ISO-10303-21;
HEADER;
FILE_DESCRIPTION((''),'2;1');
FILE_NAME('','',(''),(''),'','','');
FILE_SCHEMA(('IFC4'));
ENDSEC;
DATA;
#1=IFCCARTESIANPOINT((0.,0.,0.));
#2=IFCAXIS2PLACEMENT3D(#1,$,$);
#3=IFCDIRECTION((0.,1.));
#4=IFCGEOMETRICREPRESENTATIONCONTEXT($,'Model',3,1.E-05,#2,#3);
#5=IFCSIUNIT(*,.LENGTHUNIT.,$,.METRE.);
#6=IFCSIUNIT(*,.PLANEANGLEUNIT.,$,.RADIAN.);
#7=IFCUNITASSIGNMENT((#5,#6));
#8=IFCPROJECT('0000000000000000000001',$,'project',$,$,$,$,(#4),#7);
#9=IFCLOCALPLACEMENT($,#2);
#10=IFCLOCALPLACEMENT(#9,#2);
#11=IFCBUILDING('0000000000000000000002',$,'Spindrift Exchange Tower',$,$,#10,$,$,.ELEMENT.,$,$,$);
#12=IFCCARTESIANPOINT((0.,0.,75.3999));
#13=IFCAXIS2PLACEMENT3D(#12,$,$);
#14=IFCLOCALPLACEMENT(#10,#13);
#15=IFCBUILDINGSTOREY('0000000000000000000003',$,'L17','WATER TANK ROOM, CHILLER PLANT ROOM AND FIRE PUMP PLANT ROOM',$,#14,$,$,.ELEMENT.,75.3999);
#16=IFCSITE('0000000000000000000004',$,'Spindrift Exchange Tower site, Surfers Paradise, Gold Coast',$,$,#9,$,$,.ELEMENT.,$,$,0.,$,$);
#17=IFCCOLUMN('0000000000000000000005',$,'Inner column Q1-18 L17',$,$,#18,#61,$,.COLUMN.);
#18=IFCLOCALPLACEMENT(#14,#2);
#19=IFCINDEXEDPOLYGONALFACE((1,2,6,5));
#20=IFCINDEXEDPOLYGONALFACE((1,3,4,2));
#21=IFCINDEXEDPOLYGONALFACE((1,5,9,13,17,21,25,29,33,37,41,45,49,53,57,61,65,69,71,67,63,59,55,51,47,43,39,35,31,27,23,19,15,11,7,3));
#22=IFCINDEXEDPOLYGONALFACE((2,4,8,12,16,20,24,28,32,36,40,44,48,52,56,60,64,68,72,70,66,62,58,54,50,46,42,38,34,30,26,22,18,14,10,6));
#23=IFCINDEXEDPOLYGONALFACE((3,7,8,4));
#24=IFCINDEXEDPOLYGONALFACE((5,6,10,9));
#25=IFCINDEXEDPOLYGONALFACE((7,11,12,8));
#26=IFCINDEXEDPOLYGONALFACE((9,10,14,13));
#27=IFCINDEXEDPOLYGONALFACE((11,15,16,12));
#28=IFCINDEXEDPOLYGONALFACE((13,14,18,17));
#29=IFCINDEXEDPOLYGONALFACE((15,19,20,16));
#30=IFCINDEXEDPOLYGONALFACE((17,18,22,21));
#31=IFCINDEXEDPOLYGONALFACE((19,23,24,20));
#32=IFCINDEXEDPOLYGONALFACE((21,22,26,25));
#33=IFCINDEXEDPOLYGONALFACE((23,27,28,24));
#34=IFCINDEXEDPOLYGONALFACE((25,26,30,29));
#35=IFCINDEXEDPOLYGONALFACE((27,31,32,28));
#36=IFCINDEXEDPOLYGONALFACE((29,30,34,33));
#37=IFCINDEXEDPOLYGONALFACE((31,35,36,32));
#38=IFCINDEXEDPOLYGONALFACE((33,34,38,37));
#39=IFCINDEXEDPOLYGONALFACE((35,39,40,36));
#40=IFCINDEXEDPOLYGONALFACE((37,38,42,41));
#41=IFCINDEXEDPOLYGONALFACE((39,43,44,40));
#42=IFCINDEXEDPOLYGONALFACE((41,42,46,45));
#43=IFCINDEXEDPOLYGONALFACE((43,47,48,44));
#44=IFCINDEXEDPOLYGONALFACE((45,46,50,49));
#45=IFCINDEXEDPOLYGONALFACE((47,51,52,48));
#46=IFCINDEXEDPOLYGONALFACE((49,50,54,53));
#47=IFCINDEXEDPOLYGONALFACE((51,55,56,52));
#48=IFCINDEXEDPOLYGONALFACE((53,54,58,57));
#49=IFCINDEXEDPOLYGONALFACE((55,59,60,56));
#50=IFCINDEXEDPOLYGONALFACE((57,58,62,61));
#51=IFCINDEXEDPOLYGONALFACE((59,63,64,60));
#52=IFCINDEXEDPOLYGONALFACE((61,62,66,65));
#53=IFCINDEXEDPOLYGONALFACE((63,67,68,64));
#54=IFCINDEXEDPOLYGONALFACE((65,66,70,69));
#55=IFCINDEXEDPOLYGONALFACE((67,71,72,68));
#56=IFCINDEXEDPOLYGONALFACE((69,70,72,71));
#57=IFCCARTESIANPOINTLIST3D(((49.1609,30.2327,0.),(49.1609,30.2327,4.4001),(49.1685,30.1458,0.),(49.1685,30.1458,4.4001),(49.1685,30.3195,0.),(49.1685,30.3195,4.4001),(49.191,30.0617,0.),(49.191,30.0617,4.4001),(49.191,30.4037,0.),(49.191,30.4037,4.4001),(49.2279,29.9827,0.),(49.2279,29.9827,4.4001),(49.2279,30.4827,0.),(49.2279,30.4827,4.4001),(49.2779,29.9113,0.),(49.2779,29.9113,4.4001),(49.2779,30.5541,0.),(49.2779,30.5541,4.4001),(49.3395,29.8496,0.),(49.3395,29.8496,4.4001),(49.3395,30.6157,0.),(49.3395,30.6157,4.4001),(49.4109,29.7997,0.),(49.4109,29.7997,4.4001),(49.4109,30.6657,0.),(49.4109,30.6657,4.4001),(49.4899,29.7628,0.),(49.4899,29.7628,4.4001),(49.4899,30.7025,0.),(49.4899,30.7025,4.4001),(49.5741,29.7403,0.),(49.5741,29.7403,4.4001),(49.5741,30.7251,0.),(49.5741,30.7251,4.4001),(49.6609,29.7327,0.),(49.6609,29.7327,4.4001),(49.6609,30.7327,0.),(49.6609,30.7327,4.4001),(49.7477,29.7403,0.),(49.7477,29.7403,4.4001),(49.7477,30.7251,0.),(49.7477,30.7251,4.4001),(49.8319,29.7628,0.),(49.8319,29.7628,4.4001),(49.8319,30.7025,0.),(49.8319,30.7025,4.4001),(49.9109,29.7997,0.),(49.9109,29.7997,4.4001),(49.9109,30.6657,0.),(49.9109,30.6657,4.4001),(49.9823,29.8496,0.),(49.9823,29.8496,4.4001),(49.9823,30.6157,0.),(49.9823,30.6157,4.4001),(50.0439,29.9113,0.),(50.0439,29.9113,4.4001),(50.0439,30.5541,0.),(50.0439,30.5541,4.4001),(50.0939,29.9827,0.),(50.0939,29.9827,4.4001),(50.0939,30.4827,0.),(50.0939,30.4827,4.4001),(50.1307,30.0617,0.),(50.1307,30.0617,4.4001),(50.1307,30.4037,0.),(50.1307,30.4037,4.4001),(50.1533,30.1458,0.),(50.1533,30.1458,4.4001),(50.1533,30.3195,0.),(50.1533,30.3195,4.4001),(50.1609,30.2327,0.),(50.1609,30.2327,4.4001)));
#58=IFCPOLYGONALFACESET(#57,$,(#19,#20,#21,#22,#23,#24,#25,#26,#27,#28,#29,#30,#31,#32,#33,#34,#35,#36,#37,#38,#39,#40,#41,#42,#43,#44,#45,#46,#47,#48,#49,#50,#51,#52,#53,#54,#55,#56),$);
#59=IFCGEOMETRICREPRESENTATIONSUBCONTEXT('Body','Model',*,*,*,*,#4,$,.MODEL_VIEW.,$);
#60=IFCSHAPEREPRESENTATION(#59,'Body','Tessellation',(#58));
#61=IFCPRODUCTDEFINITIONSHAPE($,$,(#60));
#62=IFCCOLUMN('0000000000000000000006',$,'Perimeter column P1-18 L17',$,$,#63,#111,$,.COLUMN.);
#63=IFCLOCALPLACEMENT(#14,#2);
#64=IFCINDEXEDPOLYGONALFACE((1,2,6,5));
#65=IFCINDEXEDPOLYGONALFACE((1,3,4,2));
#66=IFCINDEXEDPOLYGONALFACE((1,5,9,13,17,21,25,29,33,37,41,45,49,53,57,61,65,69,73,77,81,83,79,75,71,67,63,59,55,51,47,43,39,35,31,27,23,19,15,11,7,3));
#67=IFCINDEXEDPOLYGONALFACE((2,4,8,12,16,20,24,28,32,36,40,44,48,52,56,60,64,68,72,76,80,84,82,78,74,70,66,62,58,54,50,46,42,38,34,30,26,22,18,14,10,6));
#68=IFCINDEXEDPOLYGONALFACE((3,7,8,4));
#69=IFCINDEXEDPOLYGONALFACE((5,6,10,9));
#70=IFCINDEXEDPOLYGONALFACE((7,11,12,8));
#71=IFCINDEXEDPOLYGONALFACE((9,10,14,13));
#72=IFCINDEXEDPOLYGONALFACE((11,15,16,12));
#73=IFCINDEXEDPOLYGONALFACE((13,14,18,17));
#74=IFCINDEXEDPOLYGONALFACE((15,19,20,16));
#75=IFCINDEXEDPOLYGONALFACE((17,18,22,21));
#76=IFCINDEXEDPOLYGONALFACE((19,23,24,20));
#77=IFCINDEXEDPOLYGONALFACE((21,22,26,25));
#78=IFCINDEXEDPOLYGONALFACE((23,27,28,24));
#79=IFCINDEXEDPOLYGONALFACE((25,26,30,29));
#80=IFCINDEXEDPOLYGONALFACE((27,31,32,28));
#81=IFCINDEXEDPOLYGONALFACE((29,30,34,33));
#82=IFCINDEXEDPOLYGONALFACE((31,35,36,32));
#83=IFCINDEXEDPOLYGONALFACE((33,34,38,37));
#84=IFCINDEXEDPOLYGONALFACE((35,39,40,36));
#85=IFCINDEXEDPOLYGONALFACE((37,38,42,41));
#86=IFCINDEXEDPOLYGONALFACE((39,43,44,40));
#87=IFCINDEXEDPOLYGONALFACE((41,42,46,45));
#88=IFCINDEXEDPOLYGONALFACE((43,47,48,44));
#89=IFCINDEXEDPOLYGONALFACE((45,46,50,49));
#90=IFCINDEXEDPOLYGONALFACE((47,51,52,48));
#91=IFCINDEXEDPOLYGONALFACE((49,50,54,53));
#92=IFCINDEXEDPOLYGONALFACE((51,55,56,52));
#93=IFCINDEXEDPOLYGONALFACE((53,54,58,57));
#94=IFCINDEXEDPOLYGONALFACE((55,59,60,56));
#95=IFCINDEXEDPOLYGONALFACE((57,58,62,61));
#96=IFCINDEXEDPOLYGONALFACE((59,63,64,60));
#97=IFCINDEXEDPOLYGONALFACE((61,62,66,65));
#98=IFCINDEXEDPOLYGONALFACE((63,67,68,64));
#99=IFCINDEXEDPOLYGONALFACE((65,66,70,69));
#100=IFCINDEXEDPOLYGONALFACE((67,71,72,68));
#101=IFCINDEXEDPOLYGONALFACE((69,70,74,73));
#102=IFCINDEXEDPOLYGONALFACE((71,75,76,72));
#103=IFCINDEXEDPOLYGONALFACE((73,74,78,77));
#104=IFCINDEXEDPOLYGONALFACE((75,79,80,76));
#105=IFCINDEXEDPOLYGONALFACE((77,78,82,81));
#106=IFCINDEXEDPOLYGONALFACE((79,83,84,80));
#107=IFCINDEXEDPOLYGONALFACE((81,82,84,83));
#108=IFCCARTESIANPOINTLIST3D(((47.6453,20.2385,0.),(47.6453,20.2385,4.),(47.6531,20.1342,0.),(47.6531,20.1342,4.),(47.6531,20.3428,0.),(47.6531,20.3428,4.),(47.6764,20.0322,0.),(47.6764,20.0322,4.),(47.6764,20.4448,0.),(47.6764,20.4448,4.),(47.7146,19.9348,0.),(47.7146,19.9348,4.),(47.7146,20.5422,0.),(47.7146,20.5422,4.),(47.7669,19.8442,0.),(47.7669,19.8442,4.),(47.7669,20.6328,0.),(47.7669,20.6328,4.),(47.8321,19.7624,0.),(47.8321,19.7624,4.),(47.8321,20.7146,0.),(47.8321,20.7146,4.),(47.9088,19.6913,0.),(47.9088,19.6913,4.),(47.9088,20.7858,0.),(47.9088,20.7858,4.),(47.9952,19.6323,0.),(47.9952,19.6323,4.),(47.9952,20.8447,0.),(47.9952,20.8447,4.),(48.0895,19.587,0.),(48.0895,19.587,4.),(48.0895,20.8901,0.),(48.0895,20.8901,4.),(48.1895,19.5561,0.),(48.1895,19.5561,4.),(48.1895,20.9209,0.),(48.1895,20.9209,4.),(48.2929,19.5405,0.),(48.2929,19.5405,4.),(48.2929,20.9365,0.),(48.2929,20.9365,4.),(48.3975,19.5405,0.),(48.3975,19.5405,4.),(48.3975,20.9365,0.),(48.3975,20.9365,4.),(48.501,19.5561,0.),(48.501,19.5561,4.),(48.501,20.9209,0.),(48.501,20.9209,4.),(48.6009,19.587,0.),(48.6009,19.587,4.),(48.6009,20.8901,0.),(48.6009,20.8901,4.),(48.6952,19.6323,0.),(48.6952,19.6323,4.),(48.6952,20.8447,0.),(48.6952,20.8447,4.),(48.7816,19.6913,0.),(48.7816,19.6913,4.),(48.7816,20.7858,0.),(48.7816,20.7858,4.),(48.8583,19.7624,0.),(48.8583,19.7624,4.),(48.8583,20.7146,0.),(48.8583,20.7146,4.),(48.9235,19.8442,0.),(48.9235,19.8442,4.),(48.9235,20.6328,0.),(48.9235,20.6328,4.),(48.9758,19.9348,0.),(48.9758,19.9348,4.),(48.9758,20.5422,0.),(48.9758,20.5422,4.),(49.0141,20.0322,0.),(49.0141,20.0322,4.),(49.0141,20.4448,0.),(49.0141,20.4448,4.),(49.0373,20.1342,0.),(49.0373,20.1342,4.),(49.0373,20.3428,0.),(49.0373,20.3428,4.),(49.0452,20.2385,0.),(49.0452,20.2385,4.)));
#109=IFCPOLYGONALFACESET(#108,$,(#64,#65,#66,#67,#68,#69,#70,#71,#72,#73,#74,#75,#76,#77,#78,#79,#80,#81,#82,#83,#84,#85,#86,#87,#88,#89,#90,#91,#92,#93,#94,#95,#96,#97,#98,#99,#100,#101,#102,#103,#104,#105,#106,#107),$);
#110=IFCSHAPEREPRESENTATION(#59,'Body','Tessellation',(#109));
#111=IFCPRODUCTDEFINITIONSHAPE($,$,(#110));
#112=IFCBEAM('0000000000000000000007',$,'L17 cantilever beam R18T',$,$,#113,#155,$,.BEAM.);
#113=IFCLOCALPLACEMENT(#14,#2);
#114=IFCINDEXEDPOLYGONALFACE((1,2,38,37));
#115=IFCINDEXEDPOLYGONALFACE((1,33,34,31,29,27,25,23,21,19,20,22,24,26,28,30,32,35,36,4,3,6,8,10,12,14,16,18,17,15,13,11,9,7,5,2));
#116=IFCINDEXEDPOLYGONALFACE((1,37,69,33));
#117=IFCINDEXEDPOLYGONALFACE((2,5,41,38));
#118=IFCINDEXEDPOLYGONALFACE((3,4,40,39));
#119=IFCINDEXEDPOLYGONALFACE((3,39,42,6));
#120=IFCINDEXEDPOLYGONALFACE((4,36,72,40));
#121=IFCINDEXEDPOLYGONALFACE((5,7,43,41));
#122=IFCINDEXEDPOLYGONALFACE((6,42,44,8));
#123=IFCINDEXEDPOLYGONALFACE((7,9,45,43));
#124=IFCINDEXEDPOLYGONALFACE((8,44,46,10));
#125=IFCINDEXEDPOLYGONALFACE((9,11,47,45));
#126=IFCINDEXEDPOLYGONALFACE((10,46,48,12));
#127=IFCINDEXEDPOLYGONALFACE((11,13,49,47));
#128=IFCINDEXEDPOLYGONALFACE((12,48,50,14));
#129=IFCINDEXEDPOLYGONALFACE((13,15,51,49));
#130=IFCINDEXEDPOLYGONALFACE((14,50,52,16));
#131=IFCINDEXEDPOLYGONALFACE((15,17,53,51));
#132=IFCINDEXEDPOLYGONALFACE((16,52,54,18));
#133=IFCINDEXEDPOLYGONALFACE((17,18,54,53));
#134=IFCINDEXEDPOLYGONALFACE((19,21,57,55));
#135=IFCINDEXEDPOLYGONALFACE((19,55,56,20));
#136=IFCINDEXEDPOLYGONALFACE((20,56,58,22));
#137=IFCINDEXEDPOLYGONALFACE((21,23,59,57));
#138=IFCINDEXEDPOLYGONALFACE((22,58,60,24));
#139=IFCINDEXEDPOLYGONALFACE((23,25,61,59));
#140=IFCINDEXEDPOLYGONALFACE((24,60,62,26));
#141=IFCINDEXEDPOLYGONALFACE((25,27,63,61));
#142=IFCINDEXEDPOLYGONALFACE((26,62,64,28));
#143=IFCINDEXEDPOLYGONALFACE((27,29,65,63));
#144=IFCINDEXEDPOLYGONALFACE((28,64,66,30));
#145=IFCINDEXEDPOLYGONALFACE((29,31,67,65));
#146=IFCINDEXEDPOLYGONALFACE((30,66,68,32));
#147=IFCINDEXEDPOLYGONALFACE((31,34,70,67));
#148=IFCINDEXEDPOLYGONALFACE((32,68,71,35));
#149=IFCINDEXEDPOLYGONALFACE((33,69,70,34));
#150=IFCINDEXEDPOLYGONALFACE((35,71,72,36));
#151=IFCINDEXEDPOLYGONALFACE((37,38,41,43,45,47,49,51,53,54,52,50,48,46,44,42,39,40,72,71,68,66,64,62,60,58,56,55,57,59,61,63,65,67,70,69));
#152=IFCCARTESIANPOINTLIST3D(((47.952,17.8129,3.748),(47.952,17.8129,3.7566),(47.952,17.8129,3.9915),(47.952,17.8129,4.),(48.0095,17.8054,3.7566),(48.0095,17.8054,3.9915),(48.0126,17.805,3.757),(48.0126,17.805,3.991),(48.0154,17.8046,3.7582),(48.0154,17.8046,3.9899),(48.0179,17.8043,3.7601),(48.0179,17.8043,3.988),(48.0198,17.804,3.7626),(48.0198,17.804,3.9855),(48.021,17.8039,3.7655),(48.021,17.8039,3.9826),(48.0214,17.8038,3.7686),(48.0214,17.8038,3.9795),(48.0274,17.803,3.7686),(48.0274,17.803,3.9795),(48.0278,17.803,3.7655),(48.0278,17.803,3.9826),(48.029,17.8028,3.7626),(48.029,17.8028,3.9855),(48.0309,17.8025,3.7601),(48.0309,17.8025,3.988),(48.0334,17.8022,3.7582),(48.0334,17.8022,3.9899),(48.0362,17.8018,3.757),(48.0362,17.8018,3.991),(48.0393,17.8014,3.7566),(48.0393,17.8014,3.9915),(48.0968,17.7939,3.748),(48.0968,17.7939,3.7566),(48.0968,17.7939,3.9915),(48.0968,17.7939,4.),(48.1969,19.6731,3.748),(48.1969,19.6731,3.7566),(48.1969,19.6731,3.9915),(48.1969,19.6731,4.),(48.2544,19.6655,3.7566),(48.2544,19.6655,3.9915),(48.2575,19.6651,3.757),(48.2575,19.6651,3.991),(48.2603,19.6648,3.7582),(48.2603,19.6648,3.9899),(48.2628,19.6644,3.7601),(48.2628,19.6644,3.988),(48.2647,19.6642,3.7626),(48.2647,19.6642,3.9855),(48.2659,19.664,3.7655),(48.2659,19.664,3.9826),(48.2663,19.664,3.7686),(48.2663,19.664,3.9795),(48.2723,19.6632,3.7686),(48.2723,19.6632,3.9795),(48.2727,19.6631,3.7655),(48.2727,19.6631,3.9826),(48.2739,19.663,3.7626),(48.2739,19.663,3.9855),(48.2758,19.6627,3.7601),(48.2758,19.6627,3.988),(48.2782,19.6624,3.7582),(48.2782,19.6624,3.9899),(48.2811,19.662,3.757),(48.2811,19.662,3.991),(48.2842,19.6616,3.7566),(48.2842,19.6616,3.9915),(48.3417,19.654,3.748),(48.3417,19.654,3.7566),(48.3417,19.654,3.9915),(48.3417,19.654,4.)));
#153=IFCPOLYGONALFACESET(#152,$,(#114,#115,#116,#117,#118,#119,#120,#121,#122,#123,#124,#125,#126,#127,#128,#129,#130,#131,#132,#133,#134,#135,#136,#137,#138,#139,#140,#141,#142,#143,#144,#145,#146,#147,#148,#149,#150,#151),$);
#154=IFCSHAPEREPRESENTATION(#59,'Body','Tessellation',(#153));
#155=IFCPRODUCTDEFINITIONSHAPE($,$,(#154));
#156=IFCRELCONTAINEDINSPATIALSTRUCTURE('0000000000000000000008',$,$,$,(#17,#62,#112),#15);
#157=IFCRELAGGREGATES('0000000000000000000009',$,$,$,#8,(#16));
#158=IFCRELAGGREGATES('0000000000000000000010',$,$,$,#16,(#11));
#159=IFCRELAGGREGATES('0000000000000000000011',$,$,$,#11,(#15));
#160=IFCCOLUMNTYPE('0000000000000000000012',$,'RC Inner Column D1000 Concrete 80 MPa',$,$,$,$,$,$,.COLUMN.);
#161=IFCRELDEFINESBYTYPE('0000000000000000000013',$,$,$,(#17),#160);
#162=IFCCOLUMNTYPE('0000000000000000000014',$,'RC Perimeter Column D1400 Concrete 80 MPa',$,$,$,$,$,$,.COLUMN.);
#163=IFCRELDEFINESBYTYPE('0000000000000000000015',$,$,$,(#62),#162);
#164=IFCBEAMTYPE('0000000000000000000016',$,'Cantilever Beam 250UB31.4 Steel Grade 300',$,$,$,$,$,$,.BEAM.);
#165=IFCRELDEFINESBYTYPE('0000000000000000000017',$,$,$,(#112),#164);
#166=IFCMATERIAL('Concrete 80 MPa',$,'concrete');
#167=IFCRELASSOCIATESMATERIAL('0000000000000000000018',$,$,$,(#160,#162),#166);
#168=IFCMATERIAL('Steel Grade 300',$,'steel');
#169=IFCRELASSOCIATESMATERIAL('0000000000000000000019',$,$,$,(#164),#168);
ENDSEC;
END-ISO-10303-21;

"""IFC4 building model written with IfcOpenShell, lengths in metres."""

from ifc_helpers import new_model, si_unit, direction, frame, origin, origin_2d, place, context, subcontext, project, spatial, circle, i_section, extrude, source, transform, mapped, material, material_profile, profile_set, type_object, element, save


model = new_model("IFC4")

# Units and contexts
model_context = context("Model", 3, precision=1e-05, world=origin(), true_north=direction((0.0, 1.0)))
body_context = subcontext(model_context, "Body", "Model", "MODEL_VIEW")
ifc_project = project(units=[si_unit("LENGTHUNIT", "METRE"), si_unit("PLANEANGLEUNIT", "RADIAN")], contexts=[model_context])

# Site, building, storey
site_placement = place(None, origin())
site = spatial("IfcSite", under=ifc_project, at=site_placement, Name="Spindrift Exchange Tower site, Surfers Paradise, Gold Coast", CompositionType="ELEMENT", RefElevation=0.0)
building_placement = place(site_placement, origin())
building = spatial("IfcBuilding", under=site, at=building_placement, Name="Spindrift Exchange Tower", CompositionType="ELEMENT")
storey_placement = place(building_placement, frame((0.0, 0.0, 75.3999)))
storey = spatial("IfcBuildingStorey", under=building, at=storey_placement, Name="L17", Description="WATER TANK ROOM, CHILLER PLANT ROOM AND FIRE PUMP PLANT ROOM", CompositionType="ELEMENT", Elevation=75.3999)

# Columns
ifc_material_1 = material(Name="Concrete 80 MPa", Category="concrete")
ifc_material_profile_1 = material_profile(ifc_material_1, circle(Radius=0.5, at=origin_2d()), Name="RC D1000")
ifc_profile_set_1 = profile_set([ifc_material_profile_1], Name="Concrete 80 MPa")
column_type_1 = type_object("IfcColumnType", Name="RC Inner Column D1000 Concrete 80 MPa", PredefinedType="COLUMN", material=ifc_profile_set_1)
shared_shape_1 = source(origin(), body_context, "Body", "SweptSolid", [
    extrude(circle(Radius=0.5, at=origin_2d()), origin(), (0.0, 0.0, 1.0), 4.4001),
])
column_1_placement = place(storey_placement, frame((49.6609, 30.2327, 0.0), z_axis=(0.0, 0.0, 1.0), x_axis=(1.0, 0.0, 0.0)))
element("IfcColumn", 1, at=column_1_placement, inside=storey, type_object=column_type_1, Name="Inner column Q1-18 L17", PredefinedType="COLUMN", context=body_context, shape_type="MappedRepresentation", body=[
    mapped(shared_shape_1, transform((0.0, 0.0, 0.0), scale=1.0)),
])
ifc_material_profile_2 = material_profile(ifc_material_1, circle(Radius=0.7, at=origin_2d()), Name="RC D1400")
ifc_profile_set_2 = profile_set([ifc_material_profile_2], Name="Concrete 80 MPa")
column_type_2 = type_object("IfcColumnType", Name="RC Perimeter Column D1400 Concrete 80 MPa", PredefinedType="COLUMN", material=ifc_profile_set_2)
shared_shape_2 = source(origin(), body_context, "Body", "SweptSolid", [
    extrude(circle(Radius=0.7, at=origin_2d()), origin(), (0.0, 0.0, 1.0), 4.0),
])
column_2_placement = place(storey_placement, frame((48.3452, 20.2385, 0.0), z_axis=(0.0, 0.0, 1.0), x_axis=(1.0, 0.0, 0.0)))
element("IfcColumn", 2, at=column_2_placement, inside=storey, type_object=column_type_2, Name="Perimeter column P1-18 L17", PredefinedType="COLUMN", context=body_context, shape_type="MappedRepresentation", body=[
    mapped(shared_shape_2, transform((0.0, 0.0, 0.0), scale=1.0)),
])

# Beam
ifc_material_2 = material(Name="Steel Grade 300", Category="steel")
ifc_material_profile_3 = material_profile(ifc_material_2, i_section(OverallWidth=0.146, OverallDepth=0.252, WebThickness=0.0061, FlangeThickness=0.0085, FilletRadius=0.012, at=origin_2d()), Name="250UB31.4")
ifc_profile_set_3 = profile_set([ifc_material_profile_3], Name="Steel Grade 300")
beam_type_1 = type_object("IfcBeamType", Name="Cantilever Beam 250UB31.4 Steel Grade 300", PredefinedType="BEAM", material=ifc_profile_set_3)
shared_shape_3 = source(origin(), body_context, "Body", "SweptSolid", [
    extrude(i_section(OverallWidth=0.146, OverallDepth=0.252, WebThickness=0.0061, FlangeThickness=0.0085, FilletRadius=0.012, at=origin_2d()), origin(), (0.0, 0.0, 1.0), 1.8762),
])
beam_1_placement = place(storey_placement, frame((48.2693, 19.6636, 3.874), z_axis=(-0.130518, -0.991446, 0.0), x_axis=(0.991446, -0.130518, 0.0)))
element("IfcBeam", 3, at=beam_1_placement, inside=storey, type_object=beam_type_1, Name="L17 cantilever beam R18T", PredefinedType="BEAM", context=body_context, shape_type="MappedRepresentation", body=[
    mapped(shared_shape_3, transform((0.0, 0.0, 0.0), scale=1.0)),
])

save(model, "model.ifc")
